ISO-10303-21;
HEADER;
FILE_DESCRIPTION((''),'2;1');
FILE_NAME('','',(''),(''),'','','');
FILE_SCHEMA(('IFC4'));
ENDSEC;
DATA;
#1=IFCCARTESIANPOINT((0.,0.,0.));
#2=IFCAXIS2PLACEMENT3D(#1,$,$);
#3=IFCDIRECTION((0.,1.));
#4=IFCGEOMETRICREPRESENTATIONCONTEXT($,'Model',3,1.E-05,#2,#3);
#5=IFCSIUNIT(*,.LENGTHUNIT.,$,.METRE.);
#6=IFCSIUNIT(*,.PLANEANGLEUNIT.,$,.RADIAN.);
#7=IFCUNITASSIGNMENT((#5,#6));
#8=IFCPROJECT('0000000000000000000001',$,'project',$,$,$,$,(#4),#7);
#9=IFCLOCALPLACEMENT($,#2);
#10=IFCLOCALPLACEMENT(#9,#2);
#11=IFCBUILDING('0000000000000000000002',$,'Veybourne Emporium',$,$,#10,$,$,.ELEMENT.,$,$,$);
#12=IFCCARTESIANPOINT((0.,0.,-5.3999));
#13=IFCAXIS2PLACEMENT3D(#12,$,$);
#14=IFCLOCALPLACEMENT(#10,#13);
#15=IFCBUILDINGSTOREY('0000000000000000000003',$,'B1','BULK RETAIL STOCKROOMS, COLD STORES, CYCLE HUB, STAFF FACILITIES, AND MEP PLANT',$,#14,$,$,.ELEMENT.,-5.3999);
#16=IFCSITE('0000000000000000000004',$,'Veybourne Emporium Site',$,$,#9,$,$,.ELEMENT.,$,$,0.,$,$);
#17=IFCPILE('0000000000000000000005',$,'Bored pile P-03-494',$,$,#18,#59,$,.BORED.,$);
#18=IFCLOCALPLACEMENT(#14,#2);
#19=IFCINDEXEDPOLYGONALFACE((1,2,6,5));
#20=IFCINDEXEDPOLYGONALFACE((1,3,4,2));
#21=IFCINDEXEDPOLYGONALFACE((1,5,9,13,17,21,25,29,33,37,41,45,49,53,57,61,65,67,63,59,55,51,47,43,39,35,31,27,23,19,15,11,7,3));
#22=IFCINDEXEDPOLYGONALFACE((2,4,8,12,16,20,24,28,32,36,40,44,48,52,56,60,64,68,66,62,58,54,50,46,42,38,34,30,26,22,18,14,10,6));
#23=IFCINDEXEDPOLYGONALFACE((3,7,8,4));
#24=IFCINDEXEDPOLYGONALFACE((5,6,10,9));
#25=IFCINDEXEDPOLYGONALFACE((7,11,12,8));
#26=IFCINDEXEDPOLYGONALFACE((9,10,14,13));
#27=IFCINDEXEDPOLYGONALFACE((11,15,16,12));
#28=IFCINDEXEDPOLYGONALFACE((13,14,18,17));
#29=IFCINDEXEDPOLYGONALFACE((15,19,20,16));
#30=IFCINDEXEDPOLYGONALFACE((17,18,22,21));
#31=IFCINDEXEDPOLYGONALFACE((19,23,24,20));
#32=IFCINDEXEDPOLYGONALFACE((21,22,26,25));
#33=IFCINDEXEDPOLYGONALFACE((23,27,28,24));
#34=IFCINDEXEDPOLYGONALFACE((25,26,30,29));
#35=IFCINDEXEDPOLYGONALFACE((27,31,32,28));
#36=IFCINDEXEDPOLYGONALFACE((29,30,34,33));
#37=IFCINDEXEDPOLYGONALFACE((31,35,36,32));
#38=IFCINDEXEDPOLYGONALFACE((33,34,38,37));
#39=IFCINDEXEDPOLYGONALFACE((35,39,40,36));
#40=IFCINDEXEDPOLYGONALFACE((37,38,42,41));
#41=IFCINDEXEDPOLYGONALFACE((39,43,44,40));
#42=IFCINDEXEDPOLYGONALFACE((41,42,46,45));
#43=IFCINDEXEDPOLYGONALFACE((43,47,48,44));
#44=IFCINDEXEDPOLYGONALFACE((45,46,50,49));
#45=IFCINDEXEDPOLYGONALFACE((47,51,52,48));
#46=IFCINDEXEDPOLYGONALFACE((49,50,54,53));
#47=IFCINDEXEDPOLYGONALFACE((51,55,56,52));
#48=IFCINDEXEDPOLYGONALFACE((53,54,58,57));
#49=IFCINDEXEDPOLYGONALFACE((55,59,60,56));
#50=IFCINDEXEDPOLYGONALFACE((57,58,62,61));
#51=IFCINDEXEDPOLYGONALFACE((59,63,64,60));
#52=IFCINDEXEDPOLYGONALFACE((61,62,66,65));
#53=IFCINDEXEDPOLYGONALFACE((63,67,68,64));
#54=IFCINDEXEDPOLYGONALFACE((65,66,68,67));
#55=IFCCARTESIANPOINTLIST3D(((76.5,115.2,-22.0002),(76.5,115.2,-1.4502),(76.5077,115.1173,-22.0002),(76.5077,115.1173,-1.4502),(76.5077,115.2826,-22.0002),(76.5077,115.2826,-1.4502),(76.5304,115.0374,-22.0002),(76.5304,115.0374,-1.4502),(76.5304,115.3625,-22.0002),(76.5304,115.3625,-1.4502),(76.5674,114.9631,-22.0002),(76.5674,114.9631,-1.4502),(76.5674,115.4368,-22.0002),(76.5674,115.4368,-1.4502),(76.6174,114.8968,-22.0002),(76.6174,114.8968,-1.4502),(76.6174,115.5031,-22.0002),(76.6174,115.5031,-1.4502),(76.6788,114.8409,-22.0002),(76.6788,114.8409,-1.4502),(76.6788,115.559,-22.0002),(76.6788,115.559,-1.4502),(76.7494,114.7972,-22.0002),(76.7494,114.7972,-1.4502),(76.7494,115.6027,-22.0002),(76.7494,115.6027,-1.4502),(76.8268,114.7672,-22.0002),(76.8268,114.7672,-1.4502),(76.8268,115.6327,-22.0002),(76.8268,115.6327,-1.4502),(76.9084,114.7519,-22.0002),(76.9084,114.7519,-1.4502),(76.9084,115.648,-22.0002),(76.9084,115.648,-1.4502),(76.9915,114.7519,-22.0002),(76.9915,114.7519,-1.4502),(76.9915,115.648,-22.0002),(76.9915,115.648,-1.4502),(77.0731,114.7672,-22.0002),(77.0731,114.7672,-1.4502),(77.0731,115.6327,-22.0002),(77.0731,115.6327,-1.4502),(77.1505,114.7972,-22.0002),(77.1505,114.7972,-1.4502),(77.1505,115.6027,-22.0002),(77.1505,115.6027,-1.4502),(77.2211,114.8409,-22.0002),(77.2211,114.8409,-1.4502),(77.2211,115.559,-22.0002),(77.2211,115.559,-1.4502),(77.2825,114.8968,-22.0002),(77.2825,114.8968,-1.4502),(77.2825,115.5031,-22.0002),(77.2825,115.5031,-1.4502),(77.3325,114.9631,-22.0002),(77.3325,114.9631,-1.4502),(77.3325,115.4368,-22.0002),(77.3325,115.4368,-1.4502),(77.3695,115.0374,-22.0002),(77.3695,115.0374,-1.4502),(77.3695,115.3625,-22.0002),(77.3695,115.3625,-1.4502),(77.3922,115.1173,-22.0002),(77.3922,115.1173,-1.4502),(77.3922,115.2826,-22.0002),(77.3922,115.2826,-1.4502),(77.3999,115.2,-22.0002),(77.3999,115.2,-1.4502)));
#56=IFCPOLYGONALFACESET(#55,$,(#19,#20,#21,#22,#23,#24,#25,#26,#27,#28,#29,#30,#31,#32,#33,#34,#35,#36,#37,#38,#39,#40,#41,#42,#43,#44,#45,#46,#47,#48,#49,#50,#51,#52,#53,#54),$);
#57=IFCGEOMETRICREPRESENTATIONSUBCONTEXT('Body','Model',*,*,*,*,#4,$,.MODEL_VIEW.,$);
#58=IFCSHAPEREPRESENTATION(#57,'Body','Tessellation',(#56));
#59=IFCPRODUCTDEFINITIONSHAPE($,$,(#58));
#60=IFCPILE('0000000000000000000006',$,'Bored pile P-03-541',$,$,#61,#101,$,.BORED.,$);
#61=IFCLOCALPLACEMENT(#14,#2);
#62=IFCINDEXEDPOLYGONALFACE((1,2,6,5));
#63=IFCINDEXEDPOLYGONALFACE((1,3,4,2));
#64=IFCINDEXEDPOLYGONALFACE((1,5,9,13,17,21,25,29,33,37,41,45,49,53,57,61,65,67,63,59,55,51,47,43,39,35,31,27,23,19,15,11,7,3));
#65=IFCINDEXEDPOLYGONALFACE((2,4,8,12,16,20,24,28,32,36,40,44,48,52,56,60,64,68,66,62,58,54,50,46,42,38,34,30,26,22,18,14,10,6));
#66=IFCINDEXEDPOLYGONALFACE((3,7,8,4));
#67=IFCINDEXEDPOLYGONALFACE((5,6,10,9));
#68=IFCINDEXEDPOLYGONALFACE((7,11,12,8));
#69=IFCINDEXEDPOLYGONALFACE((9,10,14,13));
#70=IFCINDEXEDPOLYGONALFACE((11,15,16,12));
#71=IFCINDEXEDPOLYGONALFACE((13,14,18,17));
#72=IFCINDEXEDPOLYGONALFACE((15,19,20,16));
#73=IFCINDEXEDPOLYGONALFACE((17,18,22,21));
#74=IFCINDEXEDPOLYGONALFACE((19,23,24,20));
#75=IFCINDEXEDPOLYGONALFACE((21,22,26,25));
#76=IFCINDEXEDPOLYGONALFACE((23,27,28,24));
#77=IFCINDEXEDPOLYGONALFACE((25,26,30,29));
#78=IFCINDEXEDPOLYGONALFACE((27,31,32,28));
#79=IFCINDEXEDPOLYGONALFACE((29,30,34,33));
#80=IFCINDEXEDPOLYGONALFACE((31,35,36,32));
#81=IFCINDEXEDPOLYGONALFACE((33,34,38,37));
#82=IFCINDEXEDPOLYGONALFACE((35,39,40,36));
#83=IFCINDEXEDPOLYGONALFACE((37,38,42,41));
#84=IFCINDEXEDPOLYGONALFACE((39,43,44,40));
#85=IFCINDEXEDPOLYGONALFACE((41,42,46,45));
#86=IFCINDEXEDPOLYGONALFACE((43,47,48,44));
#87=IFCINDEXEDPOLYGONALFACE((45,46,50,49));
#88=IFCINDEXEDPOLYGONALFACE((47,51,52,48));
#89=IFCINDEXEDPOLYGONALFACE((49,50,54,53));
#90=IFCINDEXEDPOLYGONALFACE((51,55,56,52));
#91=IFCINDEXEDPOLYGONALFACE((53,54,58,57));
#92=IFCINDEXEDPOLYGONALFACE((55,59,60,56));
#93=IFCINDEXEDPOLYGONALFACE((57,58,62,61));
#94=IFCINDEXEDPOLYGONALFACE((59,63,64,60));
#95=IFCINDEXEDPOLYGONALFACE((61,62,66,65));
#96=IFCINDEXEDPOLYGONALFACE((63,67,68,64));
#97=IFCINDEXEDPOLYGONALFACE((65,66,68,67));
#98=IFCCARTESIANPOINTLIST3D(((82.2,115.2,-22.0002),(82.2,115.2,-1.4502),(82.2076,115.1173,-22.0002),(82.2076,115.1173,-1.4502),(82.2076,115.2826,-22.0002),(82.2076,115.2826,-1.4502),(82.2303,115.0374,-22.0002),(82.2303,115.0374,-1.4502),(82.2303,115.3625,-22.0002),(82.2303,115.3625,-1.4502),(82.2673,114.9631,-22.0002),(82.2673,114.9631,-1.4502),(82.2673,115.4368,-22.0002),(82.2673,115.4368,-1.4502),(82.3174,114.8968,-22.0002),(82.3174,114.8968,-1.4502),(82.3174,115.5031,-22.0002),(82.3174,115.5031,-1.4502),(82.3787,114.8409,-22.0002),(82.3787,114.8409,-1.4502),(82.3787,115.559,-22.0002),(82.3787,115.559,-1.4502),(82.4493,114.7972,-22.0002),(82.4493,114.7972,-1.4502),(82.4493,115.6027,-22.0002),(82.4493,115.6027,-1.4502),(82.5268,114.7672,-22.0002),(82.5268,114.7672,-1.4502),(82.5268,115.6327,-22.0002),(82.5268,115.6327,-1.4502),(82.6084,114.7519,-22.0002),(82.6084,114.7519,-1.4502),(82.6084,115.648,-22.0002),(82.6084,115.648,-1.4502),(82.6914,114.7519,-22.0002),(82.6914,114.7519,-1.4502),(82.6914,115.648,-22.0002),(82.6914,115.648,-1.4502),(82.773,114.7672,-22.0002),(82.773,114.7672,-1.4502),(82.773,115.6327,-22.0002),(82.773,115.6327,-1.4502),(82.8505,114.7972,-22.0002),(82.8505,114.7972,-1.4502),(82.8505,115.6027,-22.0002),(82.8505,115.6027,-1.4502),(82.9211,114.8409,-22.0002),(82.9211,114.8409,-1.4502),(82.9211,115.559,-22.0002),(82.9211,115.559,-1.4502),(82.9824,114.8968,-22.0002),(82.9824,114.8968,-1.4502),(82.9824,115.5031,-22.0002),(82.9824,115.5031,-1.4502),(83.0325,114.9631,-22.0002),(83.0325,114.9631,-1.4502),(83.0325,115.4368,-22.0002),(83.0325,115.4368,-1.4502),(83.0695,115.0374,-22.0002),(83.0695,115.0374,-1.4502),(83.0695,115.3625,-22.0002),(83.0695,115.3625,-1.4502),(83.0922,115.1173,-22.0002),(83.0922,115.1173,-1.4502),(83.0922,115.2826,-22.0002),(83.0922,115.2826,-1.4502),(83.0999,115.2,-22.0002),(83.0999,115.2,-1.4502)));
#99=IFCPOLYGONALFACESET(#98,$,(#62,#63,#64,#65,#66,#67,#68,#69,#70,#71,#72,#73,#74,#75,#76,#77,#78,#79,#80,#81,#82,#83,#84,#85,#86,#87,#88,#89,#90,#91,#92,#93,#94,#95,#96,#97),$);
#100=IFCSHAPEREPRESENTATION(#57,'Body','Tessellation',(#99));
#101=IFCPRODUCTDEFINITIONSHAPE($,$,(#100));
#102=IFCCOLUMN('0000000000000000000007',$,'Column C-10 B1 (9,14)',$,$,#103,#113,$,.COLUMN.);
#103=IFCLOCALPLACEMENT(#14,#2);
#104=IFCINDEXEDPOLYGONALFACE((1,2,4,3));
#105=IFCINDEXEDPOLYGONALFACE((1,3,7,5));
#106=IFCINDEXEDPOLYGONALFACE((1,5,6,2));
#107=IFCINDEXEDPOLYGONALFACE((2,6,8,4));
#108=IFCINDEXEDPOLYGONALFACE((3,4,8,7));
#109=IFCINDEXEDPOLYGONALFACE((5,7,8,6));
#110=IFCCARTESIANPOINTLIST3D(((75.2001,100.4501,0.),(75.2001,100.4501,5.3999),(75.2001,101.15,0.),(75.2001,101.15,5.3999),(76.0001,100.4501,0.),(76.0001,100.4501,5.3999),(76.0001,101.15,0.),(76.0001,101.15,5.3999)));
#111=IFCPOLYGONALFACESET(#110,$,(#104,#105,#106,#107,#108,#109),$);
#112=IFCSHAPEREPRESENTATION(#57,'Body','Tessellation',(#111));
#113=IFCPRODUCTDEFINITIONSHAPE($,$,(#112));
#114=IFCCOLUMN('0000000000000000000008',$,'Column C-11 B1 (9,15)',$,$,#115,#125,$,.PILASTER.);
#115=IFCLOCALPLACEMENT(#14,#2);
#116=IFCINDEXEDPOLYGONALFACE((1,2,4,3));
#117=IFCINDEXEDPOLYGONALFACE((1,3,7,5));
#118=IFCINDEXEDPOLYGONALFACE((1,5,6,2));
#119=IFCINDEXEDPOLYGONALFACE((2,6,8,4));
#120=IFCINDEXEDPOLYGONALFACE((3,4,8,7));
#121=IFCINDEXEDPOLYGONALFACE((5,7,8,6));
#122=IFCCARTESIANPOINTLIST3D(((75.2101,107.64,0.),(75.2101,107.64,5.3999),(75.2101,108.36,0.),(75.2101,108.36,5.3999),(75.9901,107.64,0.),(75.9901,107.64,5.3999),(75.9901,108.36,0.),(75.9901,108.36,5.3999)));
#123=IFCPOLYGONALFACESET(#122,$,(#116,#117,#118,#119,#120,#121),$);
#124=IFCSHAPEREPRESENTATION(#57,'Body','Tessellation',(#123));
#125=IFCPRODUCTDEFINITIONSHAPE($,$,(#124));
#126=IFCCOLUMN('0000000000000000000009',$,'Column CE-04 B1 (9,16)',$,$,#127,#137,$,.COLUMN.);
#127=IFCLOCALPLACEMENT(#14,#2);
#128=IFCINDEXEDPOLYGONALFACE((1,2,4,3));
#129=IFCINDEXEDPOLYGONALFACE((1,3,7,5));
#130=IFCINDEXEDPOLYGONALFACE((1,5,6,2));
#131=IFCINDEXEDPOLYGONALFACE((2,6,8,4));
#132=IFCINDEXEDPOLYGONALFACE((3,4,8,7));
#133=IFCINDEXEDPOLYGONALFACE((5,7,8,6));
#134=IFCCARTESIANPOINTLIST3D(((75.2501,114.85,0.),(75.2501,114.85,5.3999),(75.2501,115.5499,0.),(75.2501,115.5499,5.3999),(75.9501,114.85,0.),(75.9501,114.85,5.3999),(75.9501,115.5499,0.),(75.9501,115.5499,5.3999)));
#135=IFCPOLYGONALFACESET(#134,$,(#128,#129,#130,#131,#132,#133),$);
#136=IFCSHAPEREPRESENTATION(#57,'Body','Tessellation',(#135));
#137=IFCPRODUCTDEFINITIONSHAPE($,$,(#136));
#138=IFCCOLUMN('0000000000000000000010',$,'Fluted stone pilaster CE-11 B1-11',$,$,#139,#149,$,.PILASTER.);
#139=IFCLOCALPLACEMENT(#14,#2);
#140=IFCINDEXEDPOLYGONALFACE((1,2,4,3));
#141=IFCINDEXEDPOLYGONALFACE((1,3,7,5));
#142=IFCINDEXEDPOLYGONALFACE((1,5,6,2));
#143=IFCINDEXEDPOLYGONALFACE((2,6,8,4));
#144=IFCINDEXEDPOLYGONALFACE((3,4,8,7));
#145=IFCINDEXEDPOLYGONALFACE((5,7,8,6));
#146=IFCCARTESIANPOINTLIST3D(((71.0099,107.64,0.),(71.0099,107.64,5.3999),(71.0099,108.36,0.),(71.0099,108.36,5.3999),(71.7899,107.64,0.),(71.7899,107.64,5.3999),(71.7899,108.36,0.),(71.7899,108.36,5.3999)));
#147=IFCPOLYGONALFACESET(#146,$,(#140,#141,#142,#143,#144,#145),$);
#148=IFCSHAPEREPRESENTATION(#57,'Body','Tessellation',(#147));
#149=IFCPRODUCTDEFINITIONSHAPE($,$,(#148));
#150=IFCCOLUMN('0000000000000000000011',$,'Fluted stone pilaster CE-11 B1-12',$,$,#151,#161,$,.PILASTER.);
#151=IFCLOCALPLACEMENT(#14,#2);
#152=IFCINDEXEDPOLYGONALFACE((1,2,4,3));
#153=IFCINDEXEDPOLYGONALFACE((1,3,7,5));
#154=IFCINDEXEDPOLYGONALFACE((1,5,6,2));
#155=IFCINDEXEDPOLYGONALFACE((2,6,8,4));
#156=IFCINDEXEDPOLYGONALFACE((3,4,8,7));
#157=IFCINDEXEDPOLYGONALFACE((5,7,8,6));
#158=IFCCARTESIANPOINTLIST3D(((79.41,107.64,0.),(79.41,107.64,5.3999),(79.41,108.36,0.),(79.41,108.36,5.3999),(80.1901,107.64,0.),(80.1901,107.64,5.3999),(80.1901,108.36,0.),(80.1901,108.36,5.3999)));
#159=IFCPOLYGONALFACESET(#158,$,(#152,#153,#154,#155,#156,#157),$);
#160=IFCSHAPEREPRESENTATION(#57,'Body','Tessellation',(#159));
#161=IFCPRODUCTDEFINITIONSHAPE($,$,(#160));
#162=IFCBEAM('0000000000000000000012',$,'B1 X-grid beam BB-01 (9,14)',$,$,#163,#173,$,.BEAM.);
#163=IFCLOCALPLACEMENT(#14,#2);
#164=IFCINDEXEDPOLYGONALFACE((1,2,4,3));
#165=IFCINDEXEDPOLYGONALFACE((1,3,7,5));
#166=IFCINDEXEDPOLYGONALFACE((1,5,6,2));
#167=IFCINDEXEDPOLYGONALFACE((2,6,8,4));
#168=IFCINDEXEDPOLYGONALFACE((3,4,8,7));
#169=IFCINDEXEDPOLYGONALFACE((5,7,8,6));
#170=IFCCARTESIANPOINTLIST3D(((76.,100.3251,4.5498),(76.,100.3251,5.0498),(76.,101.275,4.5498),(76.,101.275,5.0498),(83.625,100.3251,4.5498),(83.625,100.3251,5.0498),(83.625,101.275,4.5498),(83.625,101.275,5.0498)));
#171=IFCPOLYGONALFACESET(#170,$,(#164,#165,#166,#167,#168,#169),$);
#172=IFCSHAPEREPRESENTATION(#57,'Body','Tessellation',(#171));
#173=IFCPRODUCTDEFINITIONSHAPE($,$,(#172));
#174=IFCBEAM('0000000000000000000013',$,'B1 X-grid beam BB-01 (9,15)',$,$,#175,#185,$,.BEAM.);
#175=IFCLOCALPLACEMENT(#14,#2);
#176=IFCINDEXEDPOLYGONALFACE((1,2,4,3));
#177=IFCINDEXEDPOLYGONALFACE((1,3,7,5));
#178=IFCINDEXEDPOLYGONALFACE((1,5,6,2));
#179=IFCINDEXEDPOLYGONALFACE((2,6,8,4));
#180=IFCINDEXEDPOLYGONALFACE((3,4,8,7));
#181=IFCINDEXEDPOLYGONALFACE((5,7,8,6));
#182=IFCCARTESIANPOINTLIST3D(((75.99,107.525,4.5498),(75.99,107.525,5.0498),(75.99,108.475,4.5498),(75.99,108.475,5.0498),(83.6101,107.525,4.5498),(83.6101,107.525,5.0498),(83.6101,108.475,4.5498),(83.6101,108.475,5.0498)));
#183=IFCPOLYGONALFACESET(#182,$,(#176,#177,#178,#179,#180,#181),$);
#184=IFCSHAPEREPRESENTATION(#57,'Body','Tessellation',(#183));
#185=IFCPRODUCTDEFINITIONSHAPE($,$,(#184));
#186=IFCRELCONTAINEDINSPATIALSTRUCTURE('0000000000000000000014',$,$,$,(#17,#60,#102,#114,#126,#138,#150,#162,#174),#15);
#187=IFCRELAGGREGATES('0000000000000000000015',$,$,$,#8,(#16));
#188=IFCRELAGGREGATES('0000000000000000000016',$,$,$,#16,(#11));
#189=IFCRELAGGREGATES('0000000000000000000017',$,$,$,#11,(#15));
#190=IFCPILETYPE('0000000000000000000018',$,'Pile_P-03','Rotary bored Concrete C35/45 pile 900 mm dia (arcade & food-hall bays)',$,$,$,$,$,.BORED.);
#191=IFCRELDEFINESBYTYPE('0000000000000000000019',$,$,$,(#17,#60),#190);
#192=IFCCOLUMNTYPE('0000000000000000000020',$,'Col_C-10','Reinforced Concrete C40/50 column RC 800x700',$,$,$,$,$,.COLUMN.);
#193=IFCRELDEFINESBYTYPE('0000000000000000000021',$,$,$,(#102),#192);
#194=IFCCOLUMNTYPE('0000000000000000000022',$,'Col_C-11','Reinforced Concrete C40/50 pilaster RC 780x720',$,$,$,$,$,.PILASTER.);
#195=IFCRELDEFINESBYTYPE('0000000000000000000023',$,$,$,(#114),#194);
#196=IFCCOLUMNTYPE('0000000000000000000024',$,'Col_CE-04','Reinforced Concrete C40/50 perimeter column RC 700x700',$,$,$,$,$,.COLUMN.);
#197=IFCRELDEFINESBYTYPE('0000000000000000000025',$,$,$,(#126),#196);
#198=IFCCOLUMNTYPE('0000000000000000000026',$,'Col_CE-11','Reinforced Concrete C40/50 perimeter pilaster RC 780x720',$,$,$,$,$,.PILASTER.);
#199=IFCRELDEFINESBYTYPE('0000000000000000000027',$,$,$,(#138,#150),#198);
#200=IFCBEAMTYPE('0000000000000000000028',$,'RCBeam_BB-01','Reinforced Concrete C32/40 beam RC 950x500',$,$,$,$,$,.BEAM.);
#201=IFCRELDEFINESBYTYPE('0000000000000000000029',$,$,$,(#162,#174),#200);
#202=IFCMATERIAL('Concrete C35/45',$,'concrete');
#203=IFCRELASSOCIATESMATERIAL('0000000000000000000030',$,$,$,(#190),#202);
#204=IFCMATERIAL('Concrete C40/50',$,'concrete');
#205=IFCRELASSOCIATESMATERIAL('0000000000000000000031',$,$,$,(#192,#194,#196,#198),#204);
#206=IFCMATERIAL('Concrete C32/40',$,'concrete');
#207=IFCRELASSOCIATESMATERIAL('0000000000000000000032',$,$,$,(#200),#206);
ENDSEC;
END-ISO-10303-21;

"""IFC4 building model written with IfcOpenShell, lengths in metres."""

from ifc_helpers import new_model, si_unit, direction, frame, origin, origin_2d, place, context, subcontext, project, spatial, rectangle, circle, extrude, material, material_profile, profile_set, type_object, element, save


model = new_model("IFC4")

# Units and contexts
model_context = context("Model", 3, precision=1e-05, world=origin(), true_north=direction((0.0, 1.0)))
body_context = subcontext(model_context, "Body", "Model", "MODEL_VIEW")
ifc_project = project(units=[si_unit("LENGTHUNIT", "METRE"), si_unit("PLANEANGLEUNIT", "RADIAN")], contexts=[model_context])

# Site, building, storey
site_placement = place(None, origin())
site = spatial("IfcSite", under=ifc_project, at=site_placement, Name="Veybourne Emporium Site", CompositionType="ELEMENT", RefElevation=0.0)
building_placement = place(site_placement, origin())
building = spatial("IfcBuilding", under=site, at=building_placement, Name="Veybourne Emporium", CompositionType="ELEMENT")
storey_placement = place(building_placement, frame((0.0, 0.0, -5.3999)))
storey = spatial("IfcBuildingStorey", under=building, at=storey_placement, Name="B1", Description="BULK RETAIL STOCKROOMS, COLD STORES, CYCLE HUB, STAFF FACILITIES, AND MEP PLANT", CompositionType="ELEMENT", Elevation=-5.3999)

# Shared definitions
ifc_material_1 = material(Name="Concrete C35/45", Category="concrete")

# Piles
ifc_material_profile_1 = material_profile(ifc_material_1, circle(Radius=0.45, at=origin_2d()), Name="BORED PILE 900")
ifc_profile_set_1 = profile_set([ifc_material_profile_1], Name="Concrete C35/45")
pile_type_1 = type_object("IfcPileType", Name="Pile_P-03", Description="Rotary bored Concrete C35/45 pile 900 mm dia (arcade & food-hall bays)", PredefinedType="BORED", material=ifc_profile_set_1)
for number, where, z_axis, x_axis, name in (
    (1, (76.95, 115.2, -1.4502), (0.0, 0.0, -1.0), (1.0, 0.0, 0.0), "Bored pile P-03-494"),
    (2, (82.6499, 115.2, -1.4502), (0.0, 0.0, -1.0), (1.0, 0.0, 0.0), "Bored pile P-03-541"),
):
    element("IfcPile", number, at=place(storey_placement, frame(where, z_axis=z_axis, x_axis=x_axis)), inside=storey, type_object=pile_type_1, Name=name, PredefinedType="BORED", context=body_context, shape_type="SweptSolid", body=[
        extrude(circle(Radius=0.45, at=origin_2d()), origin(), (0.0, 0.0, 1.0), 20.55),
    ])

# Columns
ifc_material_2 = material(Name="Concrete C40/50", Category="concrete")
ifc_material_profile_2 = material_profile(ifc_material_2, rectangle(XDim=0.8, YDim=0.7, at=origin_2d()), Name="RC 800x700")
ifc_profile_set_2 = profile_set([ifc_material_profile_2], Name="Concrete C40/50")
column_type_1 = type_object("IfcColumnType", Name="Col_C-10", Description="Reinforced Concrete C40/50 column RC 800x700", PredefinedType="COLUMN", material=ifc_profile_set_2)
column_1_placement = place(storey_placement, frame((75.6001, 100.8, 0.0), z_axis=(0.0, 0.0, 1.0), x_axis=(1.0, 0.0, 0.0)))
element("IfcColumn", 3, at=column_1_placement, inside=storey, type_object=column_type_1, Name="Column C-10 B1 (9,14)", PredefinedType="COLUMN", context=body_context, shape_type="SweptSolid", body=[
    extrude(rectangle(XDim=0.8, YDim=0.7, at=origin_2d()), origin(), (0.0, 0.0, 1.0), 5.3999),
])
ifc_material_profile_3 = material_profile(ifc_material_2, rectangle(XDim=0.78, YDim=0.72, at=origin_2d()), Name="RC 780x720")
ifc_profile_set_3 = profile_set([ifc_material_profile_3], Name="Concrete C40/50")
column_type_2 = type_object("IfcColumnType", Name="Col_C-11", Description="Reinforced Concrete C40/50 pilaster RC 780x720", PredefinedType="PILASTER", material=ifc_profile_set_3)
column_2_placement = place(storey_placement, frame((75.6001, 108.0, 0.0), z_axis=(0.0, 0.0, 1.0), x_axis=(1.0, 0.0, 0.0)))
element("IfcColumn", 4, at=column_2_placement, inside=storey, type_object=column_type_2, Name="Column C-11 B1 (9,15)", PredefinedType="PILASTER", context=body_context, shape_type="SweptSolid", body=[
    extrude(rectangle(XDim=0.78, YDim=0.72, at=origin_2d()), origin(), (0.0, 0.0, 1.0), 5.3999),
])
ifc_material_profile_4 = material_profile(ifc_material_2, rectangle(XDim=0.7, YDim=0.7, at=origin_2d()), Name="RC 700x700")
ifc_profile_set_4 = profile_set([ifc_material_profile_4], Name="Concrete C40/50")
column_type_3 = type_object("IfcColumnType", Name="Col_CE-04", Description="Reinforced Concrete C40/50 perimeter column RC 700x700", PredefinedType="COLUMN", material=ifc_profile_set_4)
column_3_placement = place(storey_placement, frame((75.6001, 115.2, 0.0), z_axis=(0.0, 0.0, 1.0), x_axis=(1.0, 0.0, 0.0)))
element("IfcColumn", 5, at=column_3_placement, inside=storey, type_object=column_type_3, Name="Column CE-04 B1 (9,16)", PredefinedType="COLUMN", context=body_context, shape_type="SweptSolid", body=[
    extrude(rectangle(XDim=0.7, YDim=0.7, at=origin_2d()), origin(), (0.0, 0.0, 1.0), 5.3999),
])
ifc_material_profile_5 = material_profile(ifc_material_2, rectangle(XDim=0.78, YDim=0.72, at=origin_2d()), Name="RC 780x720")
ifc_profile_set_5 = profile_set([ifc_material_profile_5], Name="Concrete C40/50")
column_type_4 = type_object("IfcColumnType", Name="Col_CE-11", Description="Reinforced Concrete C40/50 perimeter pilaster RC 780x720", PredefinedType="PILASTER", material=ifc_profile_set_5)
for number, where, z_axis, x_axis, name in (
    (6, (71.3999, 108.0, 0.0), (0.0, 0.0, 1.0), (1.0, 0.0, 0.0), "Fluted stone pilaster CE-11 B1-11"),
    (7, (79.8, 108.0, 0.0), (0.0, 0.0, 1.0), (1.0, 0.0, 0.0), "Fluted stone pilaster CE-11 B1-12"),
):
    element("IfcColumn", number, at=place(storey_placement, frame(where, z_axis=z_axis, x_axis=x_axis)), inside=storey, type_object=column_type_4, Name=name, PredefinedType="PILASTER", context=body_context, shape_type="SweptSolid", body=[
        extrude(rectangle(XDim=0.78, YDim=0.72, at=origin_2d()), origin(), (0.0, 0.0, 1.0), 5.3999),
    ])

# Beams
ifc_material_3 = material(Name="Concrete C32/40", Category="concrete")
ifc_material_profile_6 = material_profile(ifc_material_3, rectangle(XDim=0.95, YDim=0.5, at=origin_2d()), Name="RC 950x500")
ifc_profile_set_6 = profile_set([ifc_material_profile_6], Name="Concrete C32/40")
beam_type_1 = type_object("IfcBeamType", Name="RCBeam_BB-01", Description="Reinforced Concrete C32/40 beam RC 950x500", PredefinedType="BEAM", material=ifc_profile_set_6)
beam_1_placement = place(storey_placement, frame((76.0, 100.8, 4.7998), z_axis=(1.0, 0.0, 0.0), x_axis=(0.0, 1.0, 0.0)))
element("IfcBeam", 8, at=beam_1_placement, inside=storey, type_object=beam_type_1, Name="B1 X-grid beam BB-01 (9,14)", PredefinedType="BEAM", context=body_context, shape_type="SweptSolid", body=[
    extrude(rectangle(XDim=0.95, YDim=0.5, at=origin_2d()), origin(), (0.0, 0.0, 1.0), 7.625),
])
beam_2_placement = place(storey_placement, frame((75.99, 108.0, 4.7998), z_axis=(1.0, 0.0, 0.0), x_axis=(0.0, 1.0, 0.0)))
element("IfcBeam", 9, at=beam_2_placement, inside=storey, type_object=beam_type_1, Name="B1 X-grid beam BB-01 (9,15)", PredefinedType="BEAM", context=body_context, shape_type="SweptSolid", body=[
    extrude(rectangle(XDim=0.95, YDim=0.5, at=origin_2d()), origin(), (0.0, 0.0, 1.0), 7.6201),
])

save(model, "model.ifc")
